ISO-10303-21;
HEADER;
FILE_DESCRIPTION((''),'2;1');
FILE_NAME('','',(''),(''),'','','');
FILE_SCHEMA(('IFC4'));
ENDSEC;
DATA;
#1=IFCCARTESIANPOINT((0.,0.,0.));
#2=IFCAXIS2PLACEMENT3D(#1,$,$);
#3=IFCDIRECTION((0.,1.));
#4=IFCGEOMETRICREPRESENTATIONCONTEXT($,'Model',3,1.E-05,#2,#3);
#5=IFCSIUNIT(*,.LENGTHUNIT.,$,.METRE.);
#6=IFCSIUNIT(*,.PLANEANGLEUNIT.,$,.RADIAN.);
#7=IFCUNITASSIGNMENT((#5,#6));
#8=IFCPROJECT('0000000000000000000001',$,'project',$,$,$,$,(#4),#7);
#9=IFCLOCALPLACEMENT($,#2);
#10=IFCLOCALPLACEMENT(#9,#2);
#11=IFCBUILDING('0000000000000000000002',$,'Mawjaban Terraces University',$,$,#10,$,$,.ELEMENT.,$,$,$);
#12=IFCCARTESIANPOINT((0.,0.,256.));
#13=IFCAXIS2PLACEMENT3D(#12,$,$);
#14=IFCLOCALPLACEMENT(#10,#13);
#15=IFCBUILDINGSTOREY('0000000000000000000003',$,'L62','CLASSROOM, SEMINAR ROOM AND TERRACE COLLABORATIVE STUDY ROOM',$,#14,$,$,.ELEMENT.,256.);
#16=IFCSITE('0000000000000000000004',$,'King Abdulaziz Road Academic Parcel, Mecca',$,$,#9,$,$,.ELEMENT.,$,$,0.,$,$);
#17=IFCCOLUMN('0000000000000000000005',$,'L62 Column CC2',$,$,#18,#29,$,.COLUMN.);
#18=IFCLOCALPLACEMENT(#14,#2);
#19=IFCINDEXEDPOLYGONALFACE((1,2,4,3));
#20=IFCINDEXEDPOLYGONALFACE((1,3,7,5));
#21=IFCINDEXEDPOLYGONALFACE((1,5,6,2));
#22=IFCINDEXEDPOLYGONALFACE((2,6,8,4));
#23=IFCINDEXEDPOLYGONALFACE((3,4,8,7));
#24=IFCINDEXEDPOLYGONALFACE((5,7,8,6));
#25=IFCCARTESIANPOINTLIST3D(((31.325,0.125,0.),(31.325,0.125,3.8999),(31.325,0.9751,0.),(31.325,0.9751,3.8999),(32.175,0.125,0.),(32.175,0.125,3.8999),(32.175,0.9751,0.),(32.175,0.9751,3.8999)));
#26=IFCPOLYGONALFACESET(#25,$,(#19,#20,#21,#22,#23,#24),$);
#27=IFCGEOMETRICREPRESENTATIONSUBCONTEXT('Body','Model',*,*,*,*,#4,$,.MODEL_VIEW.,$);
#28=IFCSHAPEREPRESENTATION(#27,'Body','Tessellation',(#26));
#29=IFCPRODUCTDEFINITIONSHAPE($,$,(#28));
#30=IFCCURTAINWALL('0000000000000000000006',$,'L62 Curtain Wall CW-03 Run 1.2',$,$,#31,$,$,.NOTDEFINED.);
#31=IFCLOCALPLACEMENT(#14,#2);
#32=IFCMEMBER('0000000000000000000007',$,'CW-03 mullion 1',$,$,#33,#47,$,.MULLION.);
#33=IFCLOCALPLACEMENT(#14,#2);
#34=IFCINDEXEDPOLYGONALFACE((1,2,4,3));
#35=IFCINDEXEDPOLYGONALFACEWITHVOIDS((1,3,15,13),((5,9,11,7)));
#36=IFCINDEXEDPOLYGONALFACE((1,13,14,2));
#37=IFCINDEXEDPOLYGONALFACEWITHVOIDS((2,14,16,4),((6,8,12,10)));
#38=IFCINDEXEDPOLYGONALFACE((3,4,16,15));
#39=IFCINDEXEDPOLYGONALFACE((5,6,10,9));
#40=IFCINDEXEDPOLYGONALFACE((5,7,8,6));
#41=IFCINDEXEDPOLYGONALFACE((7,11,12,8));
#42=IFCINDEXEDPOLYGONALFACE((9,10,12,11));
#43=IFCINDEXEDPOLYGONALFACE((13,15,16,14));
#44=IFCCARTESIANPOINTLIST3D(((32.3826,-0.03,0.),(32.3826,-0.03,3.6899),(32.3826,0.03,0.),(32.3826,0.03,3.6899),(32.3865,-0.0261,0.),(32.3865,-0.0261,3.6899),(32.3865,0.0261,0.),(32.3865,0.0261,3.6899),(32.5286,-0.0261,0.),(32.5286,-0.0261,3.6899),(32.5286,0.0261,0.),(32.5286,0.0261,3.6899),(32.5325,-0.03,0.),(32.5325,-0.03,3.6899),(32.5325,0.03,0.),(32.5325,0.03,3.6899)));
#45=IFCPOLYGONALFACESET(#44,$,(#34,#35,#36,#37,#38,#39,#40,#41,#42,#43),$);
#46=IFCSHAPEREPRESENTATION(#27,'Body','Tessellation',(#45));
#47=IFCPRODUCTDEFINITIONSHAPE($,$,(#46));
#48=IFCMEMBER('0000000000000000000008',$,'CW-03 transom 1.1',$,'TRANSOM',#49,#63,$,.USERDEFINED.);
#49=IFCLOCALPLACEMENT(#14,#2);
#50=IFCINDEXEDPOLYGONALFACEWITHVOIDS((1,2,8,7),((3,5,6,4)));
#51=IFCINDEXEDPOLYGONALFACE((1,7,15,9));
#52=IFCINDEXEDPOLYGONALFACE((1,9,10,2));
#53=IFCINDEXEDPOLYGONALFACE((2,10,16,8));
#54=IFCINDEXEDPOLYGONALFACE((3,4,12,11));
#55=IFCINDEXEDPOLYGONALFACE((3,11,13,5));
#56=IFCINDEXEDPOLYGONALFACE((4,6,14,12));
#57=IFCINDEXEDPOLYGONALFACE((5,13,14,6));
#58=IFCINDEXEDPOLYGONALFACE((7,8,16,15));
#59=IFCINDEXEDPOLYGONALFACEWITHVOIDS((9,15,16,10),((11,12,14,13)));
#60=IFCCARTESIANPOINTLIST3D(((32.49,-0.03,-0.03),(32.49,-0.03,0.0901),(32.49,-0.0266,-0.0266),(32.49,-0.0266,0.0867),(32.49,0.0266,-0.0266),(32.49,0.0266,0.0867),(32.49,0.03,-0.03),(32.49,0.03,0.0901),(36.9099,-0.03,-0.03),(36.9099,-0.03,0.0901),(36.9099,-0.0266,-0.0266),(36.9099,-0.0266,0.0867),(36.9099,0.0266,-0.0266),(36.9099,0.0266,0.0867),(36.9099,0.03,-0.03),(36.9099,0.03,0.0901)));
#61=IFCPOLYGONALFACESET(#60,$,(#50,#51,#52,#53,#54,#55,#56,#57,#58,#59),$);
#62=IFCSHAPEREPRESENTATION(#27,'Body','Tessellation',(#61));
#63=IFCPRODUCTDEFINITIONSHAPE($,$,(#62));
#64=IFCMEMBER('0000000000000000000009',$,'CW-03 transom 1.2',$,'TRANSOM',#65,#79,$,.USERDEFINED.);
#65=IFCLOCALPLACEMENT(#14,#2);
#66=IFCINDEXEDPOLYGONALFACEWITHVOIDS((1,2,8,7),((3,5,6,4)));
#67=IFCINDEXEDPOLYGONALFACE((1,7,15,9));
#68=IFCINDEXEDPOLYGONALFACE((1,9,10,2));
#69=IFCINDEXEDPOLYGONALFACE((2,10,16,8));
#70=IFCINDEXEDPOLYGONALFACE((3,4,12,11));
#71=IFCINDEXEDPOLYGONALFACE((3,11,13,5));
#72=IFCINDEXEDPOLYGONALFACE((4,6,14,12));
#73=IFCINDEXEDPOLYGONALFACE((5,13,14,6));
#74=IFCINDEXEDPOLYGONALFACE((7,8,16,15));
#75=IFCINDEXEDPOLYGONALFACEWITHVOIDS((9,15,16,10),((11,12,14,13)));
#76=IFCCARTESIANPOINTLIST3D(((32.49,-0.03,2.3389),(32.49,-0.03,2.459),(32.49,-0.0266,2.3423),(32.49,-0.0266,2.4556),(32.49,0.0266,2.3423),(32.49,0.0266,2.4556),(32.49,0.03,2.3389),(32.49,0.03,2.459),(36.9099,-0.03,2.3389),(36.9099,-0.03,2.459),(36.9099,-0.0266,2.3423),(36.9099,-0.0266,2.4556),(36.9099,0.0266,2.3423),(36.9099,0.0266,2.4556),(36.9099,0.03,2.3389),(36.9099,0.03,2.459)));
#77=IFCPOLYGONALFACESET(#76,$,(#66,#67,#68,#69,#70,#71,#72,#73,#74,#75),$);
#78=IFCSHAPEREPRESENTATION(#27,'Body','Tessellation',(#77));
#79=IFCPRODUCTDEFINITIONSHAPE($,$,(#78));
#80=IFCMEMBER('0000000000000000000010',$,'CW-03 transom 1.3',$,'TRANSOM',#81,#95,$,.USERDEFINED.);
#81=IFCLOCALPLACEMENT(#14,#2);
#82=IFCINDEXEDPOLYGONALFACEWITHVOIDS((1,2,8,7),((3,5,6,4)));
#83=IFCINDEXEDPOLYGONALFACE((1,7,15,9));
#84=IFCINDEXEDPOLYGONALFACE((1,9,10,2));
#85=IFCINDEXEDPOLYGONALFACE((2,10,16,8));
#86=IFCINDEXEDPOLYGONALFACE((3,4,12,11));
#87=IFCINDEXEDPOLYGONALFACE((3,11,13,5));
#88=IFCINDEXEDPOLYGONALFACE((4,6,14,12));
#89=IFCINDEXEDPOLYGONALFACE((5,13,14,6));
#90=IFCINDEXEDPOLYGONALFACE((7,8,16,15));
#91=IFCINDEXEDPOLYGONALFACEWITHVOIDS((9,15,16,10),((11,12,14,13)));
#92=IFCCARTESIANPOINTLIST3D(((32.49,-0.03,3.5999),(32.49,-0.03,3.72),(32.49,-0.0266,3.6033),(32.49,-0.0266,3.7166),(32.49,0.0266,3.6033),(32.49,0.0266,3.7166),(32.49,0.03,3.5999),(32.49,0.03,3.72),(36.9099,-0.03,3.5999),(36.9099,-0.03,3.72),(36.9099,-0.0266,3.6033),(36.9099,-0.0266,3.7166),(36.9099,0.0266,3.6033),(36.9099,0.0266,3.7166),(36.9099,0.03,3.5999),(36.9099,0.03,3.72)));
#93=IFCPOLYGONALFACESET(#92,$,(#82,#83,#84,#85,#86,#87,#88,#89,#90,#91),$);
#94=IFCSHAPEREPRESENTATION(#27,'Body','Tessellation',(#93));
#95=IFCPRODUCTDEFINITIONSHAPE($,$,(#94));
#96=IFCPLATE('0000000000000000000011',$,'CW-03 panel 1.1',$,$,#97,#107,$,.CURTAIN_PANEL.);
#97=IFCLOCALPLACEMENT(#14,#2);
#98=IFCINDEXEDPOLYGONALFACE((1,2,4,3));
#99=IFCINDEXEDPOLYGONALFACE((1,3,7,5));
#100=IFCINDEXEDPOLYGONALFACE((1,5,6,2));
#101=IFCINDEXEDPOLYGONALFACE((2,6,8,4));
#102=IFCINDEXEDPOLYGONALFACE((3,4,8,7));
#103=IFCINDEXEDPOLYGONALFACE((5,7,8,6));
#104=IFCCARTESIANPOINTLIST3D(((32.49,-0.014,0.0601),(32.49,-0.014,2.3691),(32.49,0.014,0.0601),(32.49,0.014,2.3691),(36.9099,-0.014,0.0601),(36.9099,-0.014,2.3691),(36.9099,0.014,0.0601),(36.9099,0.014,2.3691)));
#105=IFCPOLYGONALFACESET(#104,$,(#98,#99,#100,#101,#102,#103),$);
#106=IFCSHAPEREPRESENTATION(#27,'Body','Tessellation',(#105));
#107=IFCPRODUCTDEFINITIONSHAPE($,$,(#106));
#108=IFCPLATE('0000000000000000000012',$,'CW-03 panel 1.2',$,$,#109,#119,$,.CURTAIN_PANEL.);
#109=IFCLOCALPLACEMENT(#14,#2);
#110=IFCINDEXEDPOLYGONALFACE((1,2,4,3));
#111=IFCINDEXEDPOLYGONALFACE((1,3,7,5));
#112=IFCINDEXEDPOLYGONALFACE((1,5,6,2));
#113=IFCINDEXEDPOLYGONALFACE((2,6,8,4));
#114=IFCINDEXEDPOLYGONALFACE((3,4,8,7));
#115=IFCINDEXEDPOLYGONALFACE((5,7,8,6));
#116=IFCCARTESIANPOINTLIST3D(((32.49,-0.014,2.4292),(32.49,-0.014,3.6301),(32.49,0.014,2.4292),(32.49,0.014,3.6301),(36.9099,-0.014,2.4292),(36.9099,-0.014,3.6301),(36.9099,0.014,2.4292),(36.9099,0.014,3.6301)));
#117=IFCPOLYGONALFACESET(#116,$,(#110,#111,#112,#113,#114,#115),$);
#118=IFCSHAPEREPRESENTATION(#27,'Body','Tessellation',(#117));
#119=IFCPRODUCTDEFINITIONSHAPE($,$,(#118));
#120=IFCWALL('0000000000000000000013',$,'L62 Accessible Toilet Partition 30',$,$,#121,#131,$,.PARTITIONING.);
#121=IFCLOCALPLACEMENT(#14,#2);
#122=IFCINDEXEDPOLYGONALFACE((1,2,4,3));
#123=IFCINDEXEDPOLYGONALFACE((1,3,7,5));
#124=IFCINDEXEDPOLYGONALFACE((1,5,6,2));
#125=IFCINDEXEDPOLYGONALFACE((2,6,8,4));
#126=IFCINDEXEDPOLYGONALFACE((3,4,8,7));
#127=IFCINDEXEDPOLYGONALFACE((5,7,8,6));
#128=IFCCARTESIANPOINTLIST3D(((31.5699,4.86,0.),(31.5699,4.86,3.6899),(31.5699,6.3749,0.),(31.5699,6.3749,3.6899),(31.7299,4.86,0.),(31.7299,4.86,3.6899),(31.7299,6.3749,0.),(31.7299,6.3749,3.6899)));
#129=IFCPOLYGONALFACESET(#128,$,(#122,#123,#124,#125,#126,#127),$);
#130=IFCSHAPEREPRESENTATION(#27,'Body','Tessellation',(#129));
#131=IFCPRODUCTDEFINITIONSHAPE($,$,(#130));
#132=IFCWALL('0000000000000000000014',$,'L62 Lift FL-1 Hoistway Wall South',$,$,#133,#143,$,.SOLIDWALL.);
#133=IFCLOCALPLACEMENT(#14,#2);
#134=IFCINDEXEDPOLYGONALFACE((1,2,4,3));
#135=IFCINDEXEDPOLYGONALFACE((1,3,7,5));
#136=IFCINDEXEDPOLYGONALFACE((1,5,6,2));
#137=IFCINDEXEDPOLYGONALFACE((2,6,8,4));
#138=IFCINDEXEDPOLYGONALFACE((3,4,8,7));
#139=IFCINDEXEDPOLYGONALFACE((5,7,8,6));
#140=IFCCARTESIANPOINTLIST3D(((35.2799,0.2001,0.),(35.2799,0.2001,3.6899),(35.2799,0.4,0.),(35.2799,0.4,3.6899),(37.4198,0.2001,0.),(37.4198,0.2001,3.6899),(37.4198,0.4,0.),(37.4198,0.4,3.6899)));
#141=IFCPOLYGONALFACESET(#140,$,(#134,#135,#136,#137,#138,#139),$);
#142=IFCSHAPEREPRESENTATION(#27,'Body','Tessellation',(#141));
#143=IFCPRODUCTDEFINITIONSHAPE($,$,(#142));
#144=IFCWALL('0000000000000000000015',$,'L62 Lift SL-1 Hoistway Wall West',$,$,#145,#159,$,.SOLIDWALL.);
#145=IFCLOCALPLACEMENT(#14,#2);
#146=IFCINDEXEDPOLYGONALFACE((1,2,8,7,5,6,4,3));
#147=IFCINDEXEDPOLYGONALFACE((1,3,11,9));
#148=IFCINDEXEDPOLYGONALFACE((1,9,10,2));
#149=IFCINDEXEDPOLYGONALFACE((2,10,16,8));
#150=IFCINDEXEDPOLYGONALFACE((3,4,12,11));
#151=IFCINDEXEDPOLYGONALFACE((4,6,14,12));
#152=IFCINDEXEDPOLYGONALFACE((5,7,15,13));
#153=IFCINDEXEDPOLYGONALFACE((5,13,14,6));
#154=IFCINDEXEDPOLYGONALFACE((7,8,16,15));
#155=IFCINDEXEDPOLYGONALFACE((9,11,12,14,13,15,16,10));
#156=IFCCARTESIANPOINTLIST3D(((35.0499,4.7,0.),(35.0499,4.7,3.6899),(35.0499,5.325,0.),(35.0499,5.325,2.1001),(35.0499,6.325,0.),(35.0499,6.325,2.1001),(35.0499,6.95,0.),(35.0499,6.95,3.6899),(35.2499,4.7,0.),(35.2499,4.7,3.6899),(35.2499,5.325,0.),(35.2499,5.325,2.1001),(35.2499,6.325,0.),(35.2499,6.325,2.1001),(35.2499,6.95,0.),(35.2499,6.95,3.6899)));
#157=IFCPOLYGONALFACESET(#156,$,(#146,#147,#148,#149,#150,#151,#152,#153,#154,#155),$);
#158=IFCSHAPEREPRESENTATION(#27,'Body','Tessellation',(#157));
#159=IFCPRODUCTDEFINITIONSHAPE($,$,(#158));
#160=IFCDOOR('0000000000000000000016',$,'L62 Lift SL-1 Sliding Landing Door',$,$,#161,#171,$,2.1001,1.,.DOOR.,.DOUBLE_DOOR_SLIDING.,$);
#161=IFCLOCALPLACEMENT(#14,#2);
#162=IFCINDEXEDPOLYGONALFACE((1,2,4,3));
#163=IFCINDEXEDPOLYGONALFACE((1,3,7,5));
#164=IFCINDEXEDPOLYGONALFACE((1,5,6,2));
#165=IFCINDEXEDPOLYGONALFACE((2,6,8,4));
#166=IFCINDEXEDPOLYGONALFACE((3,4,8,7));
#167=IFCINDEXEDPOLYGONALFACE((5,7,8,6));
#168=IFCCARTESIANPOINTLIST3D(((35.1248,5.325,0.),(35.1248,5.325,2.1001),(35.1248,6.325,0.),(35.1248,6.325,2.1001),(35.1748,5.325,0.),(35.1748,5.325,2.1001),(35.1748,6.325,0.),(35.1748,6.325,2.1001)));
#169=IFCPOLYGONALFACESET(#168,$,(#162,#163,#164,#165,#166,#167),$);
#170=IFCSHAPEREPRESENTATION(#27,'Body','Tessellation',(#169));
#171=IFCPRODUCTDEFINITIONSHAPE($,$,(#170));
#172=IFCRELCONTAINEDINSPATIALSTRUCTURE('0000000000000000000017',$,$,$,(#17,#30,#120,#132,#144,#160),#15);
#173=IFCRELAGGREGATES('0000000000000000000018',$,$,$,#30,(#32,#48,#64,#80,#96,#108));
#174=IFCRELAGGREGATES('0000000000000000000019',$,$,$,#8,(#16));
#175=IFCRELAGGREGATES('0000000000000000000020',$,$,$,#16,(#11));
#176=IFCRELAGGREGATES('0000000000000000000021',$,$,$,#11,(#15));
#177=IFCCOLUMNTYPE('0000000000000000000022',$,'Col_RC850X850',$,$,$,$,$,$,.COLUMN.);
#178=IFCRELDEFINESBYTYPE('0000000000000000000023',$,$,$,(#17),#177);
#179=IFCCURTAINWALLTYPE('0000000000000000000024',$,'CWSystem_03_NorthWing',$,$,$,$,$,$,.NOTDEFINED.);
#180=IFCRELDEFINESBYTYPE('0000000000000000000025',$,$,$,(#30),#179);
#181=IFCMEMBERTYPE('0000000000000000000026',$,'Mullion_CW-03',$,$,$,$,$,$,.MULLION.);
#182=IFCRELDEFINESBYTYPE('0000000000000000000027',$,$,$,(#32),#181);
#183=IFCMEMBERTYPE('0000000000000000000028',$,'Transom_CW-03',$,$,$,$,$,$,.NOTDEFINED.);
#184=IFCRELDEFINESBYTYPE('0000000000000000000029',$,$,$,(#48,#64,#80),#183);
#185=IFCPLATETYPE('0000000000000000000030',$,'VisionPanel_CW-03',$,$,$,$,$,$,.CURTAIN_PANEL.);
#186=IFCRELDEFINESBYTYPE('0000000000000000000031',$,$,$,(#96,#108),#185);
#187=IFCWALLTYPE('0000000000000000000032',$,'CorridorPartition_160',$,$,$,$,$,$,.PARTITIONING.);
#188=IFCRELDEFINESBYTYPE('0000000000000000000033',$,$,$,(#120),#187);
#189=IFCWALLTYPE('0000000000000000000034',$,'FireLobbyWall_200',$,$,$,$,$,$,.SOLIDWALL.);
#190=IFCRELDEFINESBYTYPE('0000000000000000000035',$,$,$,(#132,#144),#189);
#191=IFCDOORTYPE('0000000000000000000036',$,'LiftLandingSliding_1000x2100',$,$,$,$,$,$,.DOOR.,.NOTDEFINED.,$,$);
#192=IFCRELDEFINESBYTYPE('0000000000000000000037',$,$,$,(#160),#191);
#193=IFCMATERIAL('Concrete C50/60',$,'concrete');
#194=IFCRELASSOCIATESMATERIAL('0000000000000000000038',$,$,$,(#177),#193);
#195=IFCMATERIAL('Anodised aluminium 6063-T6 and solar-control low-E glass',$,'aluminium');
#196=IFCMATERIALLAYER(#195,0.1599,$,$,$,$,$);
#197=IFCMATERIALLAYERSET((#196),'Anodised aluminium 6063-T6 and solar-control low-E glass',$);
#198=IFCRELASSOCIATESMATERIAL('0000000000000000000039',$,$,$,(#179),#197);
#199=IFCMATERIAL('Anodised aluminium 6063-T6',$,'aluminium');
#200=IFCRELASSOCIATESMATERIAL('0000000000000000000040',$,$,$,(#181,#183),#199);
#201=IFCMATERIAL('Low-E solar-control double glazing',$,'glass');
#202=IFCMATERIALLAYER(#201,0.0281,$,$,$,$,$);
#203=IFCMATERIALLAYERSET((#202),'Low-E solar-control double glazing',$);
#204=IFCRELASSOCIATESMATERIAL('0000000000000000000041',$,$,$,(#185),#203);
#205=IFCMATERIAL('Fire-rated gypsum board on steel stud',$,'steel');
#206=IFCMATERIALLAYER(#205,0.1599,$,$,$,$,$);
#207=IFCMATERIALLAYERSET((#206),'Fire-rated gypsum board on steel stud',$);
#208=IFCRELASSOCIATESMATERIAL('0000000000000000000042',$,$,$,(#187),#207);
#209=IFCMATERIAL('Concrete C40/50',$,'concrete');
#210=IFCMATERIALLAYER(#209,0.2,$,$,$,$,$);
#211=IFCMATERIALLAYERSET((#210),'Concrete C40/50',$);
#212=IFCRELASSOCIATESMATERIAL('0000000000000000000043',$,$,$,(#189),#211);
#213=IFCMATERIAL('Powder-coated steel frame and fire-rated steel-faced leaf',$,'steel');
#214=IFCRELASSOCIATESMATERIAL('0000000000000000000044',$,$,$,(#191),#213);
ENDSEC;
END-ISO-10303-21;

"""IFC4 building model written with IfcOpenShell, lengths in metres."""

from ifc_helpers import new_model, si_unit, direction, frame, frame_2d, origin, origin_2d, place, context, subcontext, project, spatial, rectangle, hollow_rectangle, extrude, material, layer, layer_set, material_profile, profile_set, type_object, element, fill, aggregate, save


model = new_model("IFC4")

# Units and contexts
model_context = context("Model", 3, precision=1e-05, world=origin(), true_north=direction((0.0, 1.0)))
body_context = subcontext(model_context, "Body", "Model", "MODEL_VIEW")
ifc_project = project(units=[si_unit("LENGTHUNIT", "METRE"), si_unit("PLANEANGLEUNIT", "RADIAN")], contexts=[model_context])

# Site, building, storey
site_placement = place(None, origin())
site = spatial("IfcSite", under=ifc_project, at=site_placement, Name="King Abdulaziz Road Academic Parcel, Mecca", CompositionType="ELEMENT", RefElevation=0.0)
building_placement = place(site_placement, origin())
building = spatial("IfcBuilding", under=site, at=building_placement, Name="Mawjaban Terraces University", CompositionType="ELEMENT")
storey_placement = place(building_placement, frame((0.0, 0.0, 256.0)))
storey = spatial("IfcBuildingStorey", under=building, at=storey_placement, Name="L62", Description="CLASSROOM, SEMINAR ROOM AND TERRACE COLLABORATIVE STUDY ROOM", CompositionType="ELEMENT", Elevation=256.0)

# Column
ifc_material_1 = material(Name="Concrete C50/60", Category="concrete")
ifc_material_profile_1 = material_profile(ifc_material_1, rectangle(XDim=0.8501, YDim=0.8501, at=origin_2d()), Name="RC850X850")
ifc_profile_set_1 = profile_set([ifc_material_profile_1], Name="Concrete C50/60")
column_type = type_object("IfcColumnType", Name="Col_RC850X850", PredefinedType="COLUMN", material=ifc_profile_set_1)
column_placement = place(storey_placement, frame((31.75, 0.55, 0.0), z_axis=(0.0, 0.0, 1.0), x_axis=(1.0, 0.0, 0.0)))
element("IfcColumn", 1, at=column_placement, inside=storey, type_object=column_type, Name="L62 Column CC2", PredefinedType="COLUMN", context=body_context, shape_type="SweptSolid", body=[
    extrude(rectangle(XDim=0.8501, YDim=0.8501, at=origin_2d()), origin(), (0.0, 0.0, 1.0), 3.8999),
])

# Curtain wall, members, plates
ifc_material_2 = material(Name="Anodised aluminium 6063-T6 and solar-control low-E glass", Category="aluminium")
ifc_layer_1 = layer(ifc_material_2, 0.1599)
ifc_layer_set_1 = layer_set([ifc_layer_1], Name="Anodised aluminium 6063-T6 and solar-control low-E glass")
curtain_wall_type = type_object("IfcCurtainWallType", Name="CWSystem_03_NorthWing", PredefinedType="NOTDEFINED", material=ifc_layer_set_1)
curtain_wall_placement = place(storey_placement, origin())
curtain_wall = element("IfcCurtainWall", 2, at=curtain_wall_placement, inside=storey, type_object=curtain_wall_type, Name="L62 Curtain Wall CW-03 Run 1.2", PredefinedType="NOTDEFINED")
ifc_material_3 = material(Name="Anodised aluminium 6063-T6", Category="aluminium")
ifc_material_profile_2 = material_profile(ifc_material_3, hollow_rectangle(XDim=0.0601, YDim=0.1499, WallThickness=0.0039, at=origin_2d()), Name="ALU150X60X4")
ifc_profile_set_2 = profile_set([ifc_material_profile_2], Name="Anodised aluminium 6063-T6")
member_type_1 = type_object("IfcMemberType", Name="Mullion_CW-03", PredefinedType="MULLION", material=ifc_profile_set_2)
member_1_placement = place(storey_placement, frame((32.4575, 0.0, 0.0), z_axis=(0.0, 0.0, 1.0), x_axis=(0.0, 1.0, 0.0)))
member_1 = element("IfcMember", 3, at=member_1_placement, type_object=member_type_1, Name="CW-03 mullion 1", PredefinedType="MULLION", context=body_context, shape_type="SweptSolid", body=[
    extrude(hollow_rectangle(XDim=0.0601, YDim=0.1499, WallThickness=0.0039, at=origin_2d()), origin(), (0.0, 0.0, 1.0), 3.6899),
])
ifc_material_profile_3 = material_profile(ifc_material_3, hollow_rectangle(XDim=0.0601, YDim=0.1201, WallThickness=0.0034, at=origin_2d()), Name="ALU120X60X3.5")
ifc_profile_set_3 = profile_set([ifc_material_profile_3], Name="Anodised aluminium 6063-T6")
member_type_2 = type_object("IfcMemberType", Name="Transom_CW-03", PredefinedType="NOTDEFINED", material=ifc_profile_set_3)
member_2_placement = place(storey_placement, frame((32.49, 0.0, 0.03), z_axis=(1.0, 0.0, 0.0), x_axis=(0.0, 1.0, 0.0)))
member_2 = element("IfcMember", 4, at=member_2_placement, type_object=member_type_2, Name="CW-03 transom 1.1", ObjectType="TRANSOM", PredefinedType="USERDEFINED", context=body_context, shape_type="SweptSolid", body=[
    extrude(hollow_rectangle(XDim=0.0601, YDim=0.1201, WallThickness=0.0034, at=origin_2d()), origin(), (0.0, 0.0, 1.0), 4.4199),
])
member_3_placement = place(storey_placement, frame((32.49, 0.0, 2.3989), z_axis=(1.0, 0.0, 0.0), x_axis=(0.0, 1.0, 0.0)))
member_3 = element("IfcMember", 5, at=member_3_placement, type_object=member_type_2, Name="CW-03 transom 1.2", ObjectType="TRANSOM", PredefinedType="USERDEFINED", context=body_context, shape_type="SweptSolid", body=[
    extrude(hollow_rectangle(XDim=0.0601, YDim=0.1201, WallThickness=0.0034, at=origin_2d()), origin(), (0.0, 0.0, 1.0), 4.4199),
])
member_4_placement = place(storey_placement, frame((32.49, 0.0, 3.6599), z_axis=(1.0, 0.0, 0.0), x_axis=(0.0, 1.0, 0.0)))
member_4 = element("IfcMember", 6, at=member_4_placement, type_object=member_type_2, Name="CW-03 transom 1.3", ObjectType="TRANSOM", PredefinedType="USERDEFINED", context=body_context, shape_type="SweptSolid", body=[
    extrude(hollow_rectangle(XDim=0.0601, YDim=0.1201, WallThickness=0.0034, at=origin_2d()), origin(), (0.0, 0.0, 1.0), 4.4199),
])
ifc_material_4 = material(Name="Low-E solar-control double glazing", Category="glass")
ifc_layer_2 = layer(ifc_material_4, 0.0281)
ifc_layer_set_2 = layer_set([ifc_layer_2], Name="Low-E solar-control double glazing")
plate_type = type_object("IfcPlateType", Name="VisionPanel_CW-03", PredefinedType="CURTAIN_PANEL", material=ifc_layer_set_2)
plate_1_placement = place(storey_placement, frame((34.7, 0.0, 0.0601), z_axis=(0.0, 0.0, 1.0), x_axis=(1.0, 0.0, 0.0)))
plate_1 = element("IfcPlate", 7, at=plate_1_placement, type_object=plate_type, Name="CW-03 panel 1.1", PredefinedType="CURTAIN_PANEL", context=body_context, shape_type="SweptSolid", body=[
    extrude(rectangle(XDim=4.4199, YDim=0.0281, at=origin_2d()), origin(), (0.0, 0.0, 1.0), 2.3091),
])
plate_2_placement = place(storey_placement, frame((34.7, 0.0, 2.4292), z_axis=(0.0, 0.0, 1.0), x_axis=(1.0, 0.0, 0.0)))
plate_2 = element("IfcPlate", 8, at=plate_2_placement, type_object=plate_type, Name="CW-03 panel 1.2", PredefinedType="CURTAIN_PANEL", context=body_context, shape_type="SweptSolid", body=[
    extrude(rectangle(XDim=4.4199, YDim=0.0281, at=origin_2d()), origin(), (0.0, 0.0, 1.0), 1.2009),
])
aggregate(curtain_wall, [member_1, member_2, member_3, member_4, plate_1, plate_2])

# Wall
ifc_material_5 = material(Name="Fire-rated gypsum board on steel stud", Category="steel")
ifc_layer_3 = layer(ifc_material_5, 0.1599)
ifc_layer_set_3 = layer_set([ifc_layer_3], Name="Fire-rated gypsum board on steel stud")
wall_type_1 = type_object("IfcWallType", Name="CorridorPartition_160", PredefinedType="PARTITIONING", material=ifc_layer_set_3)
wall_1_placement = place(storey_placement, frame((31.6499, 4.8601, 0.0), z_axis=(0.0, 0.0, 1.0), x_axis=(0.0, 1.0, 0.0)))
element("IfcWall", 9, at=wall_1_placement, inside=storey, type_object=wall_type_1, Name="L62 Accessible Toilet Partition 30", PredefinedType="PARTITIONING", context=body_context, shape_type="SweptSolid", body=[
    extrude(rectangle(XDim=1.5149, YDim=0.1599, at=frame_2d((0.7573, 0.0))), origin(), (0.0, 0.0, 1.0), 3.6899),
])

# Shared definitions
ifc_material_6 = material(Name="Concrete C40/50", Category="concrete")
ifc_layer_4 = layer(ifc_material_6, 0.2)
ifc_layer_set_4 = layer_set([ifc_layer_4], Name="Concrete C40/50")
wall_type_2 = type_object("IfcWallType", Name="FireLobbyWall_200", PredefinedType="SOLIDWALL", material=ifc_layer_set_4)
ifc_material_7 = material(Name="Powder-coated steel frame and fire-rated steel-faced leaf", Category="steel")

# Wall
wall_2_placement = place(storey_placement, frame((35.28, 0.3, 0.0), z_axis=(0.0, 0.0, 1.0), x_axis=(1.0, 0.0, 0.0)))
element("IfcWall", 10, at=wall_2_placement, inside=storey, type_object=wall_type_2, Name="L62 Lift FL-1 Hoistway Wall South", PredefinedType="SOLIDWALL", context=body_context, shape_type="SweptSolid", body=[
    extrude(rectangle(XDim=2.1399, YDim=0.2, at=frame_2d((1.0698, 0.0))), origin(), (0.0, 0.0, 1.0), 3.6899),
])

# Wall, opening, door
wall_3_placement = place(storey_placement, frame((35.1499, 6.95, 0.0), z_axis=(0.0, 0.0, 1.0), x_axis=(0.0, -1.0, 0.0)))
wall_3 = element("IfcWall", 11, at=wall_3_placement, inside=storey, type_object=wall_type_2, Name="L62 Lift SL-1 Hoistway Wall West", PredefinedType="SOLIDWALL", context=body_context, shape_type="SweptSolid", body=[
    extrude(rectangle(XDim=2.25, YDim=0.2, at=frame_2d((1.125, 0.0))), origin(), (0.0, 0.0, 1.0), 3.6899),
])
opening_1_placement = place(wall_3_placement, frame((0.625, 0.0, 0.0)))
opening_1 = element("IfcOpeningElement", 12, at=opening_1_placement, cuts=wall_3, PredefinedType="OPENING", context=body_context, shape_type="SweptSolid", body=[
    extrude(rectangle(XDim=1.0, YDim=2.1001, at=frame_2d((0.5, 1.05))), frame((0.0, 0.1099, 0.0), z_axis=(0.0, -1.0, 0.0), x_axis=(1.0, 0.0, 0.0)), (0.0, 0.0, 1.0), 0.22),
])
door_type_1 = type_object("IfcDoorType", Name="LiftLandingSliding_1000x2100", OperationType="NOTDEFINED", PredefinedType="DOOR", material=ifc_material_7)
door_1_placement = place(opening_1_placement, origin())
door_1 = element("IfcDoor", 13, at=door_1_placement, inside=storey, type_object=door_type_1, Name="L62 Lift SL-1 Sliding Landing Door", OperationType="DOUBLE_DOOR_SLIDING", OverallHeight=2.1001, OverallWidth=1.0, PredefinedType="DOOR", context=body_context, shape_type="SweptSolid", body=[
    extrude(rectangle(XDim=1.0, YDim=2.1001, at=frame_2d((0.5, 1.05))), frame((0.0, 0.0249, 0.0), z_axis=(0.0, -1.0, 0.0), x_axis=(1.0, 0.0, 0.0)), (0.0, 0.0, 1.0), 0.05),
])
fill(opening_1, door_1)

save(model, "model.ifc")
